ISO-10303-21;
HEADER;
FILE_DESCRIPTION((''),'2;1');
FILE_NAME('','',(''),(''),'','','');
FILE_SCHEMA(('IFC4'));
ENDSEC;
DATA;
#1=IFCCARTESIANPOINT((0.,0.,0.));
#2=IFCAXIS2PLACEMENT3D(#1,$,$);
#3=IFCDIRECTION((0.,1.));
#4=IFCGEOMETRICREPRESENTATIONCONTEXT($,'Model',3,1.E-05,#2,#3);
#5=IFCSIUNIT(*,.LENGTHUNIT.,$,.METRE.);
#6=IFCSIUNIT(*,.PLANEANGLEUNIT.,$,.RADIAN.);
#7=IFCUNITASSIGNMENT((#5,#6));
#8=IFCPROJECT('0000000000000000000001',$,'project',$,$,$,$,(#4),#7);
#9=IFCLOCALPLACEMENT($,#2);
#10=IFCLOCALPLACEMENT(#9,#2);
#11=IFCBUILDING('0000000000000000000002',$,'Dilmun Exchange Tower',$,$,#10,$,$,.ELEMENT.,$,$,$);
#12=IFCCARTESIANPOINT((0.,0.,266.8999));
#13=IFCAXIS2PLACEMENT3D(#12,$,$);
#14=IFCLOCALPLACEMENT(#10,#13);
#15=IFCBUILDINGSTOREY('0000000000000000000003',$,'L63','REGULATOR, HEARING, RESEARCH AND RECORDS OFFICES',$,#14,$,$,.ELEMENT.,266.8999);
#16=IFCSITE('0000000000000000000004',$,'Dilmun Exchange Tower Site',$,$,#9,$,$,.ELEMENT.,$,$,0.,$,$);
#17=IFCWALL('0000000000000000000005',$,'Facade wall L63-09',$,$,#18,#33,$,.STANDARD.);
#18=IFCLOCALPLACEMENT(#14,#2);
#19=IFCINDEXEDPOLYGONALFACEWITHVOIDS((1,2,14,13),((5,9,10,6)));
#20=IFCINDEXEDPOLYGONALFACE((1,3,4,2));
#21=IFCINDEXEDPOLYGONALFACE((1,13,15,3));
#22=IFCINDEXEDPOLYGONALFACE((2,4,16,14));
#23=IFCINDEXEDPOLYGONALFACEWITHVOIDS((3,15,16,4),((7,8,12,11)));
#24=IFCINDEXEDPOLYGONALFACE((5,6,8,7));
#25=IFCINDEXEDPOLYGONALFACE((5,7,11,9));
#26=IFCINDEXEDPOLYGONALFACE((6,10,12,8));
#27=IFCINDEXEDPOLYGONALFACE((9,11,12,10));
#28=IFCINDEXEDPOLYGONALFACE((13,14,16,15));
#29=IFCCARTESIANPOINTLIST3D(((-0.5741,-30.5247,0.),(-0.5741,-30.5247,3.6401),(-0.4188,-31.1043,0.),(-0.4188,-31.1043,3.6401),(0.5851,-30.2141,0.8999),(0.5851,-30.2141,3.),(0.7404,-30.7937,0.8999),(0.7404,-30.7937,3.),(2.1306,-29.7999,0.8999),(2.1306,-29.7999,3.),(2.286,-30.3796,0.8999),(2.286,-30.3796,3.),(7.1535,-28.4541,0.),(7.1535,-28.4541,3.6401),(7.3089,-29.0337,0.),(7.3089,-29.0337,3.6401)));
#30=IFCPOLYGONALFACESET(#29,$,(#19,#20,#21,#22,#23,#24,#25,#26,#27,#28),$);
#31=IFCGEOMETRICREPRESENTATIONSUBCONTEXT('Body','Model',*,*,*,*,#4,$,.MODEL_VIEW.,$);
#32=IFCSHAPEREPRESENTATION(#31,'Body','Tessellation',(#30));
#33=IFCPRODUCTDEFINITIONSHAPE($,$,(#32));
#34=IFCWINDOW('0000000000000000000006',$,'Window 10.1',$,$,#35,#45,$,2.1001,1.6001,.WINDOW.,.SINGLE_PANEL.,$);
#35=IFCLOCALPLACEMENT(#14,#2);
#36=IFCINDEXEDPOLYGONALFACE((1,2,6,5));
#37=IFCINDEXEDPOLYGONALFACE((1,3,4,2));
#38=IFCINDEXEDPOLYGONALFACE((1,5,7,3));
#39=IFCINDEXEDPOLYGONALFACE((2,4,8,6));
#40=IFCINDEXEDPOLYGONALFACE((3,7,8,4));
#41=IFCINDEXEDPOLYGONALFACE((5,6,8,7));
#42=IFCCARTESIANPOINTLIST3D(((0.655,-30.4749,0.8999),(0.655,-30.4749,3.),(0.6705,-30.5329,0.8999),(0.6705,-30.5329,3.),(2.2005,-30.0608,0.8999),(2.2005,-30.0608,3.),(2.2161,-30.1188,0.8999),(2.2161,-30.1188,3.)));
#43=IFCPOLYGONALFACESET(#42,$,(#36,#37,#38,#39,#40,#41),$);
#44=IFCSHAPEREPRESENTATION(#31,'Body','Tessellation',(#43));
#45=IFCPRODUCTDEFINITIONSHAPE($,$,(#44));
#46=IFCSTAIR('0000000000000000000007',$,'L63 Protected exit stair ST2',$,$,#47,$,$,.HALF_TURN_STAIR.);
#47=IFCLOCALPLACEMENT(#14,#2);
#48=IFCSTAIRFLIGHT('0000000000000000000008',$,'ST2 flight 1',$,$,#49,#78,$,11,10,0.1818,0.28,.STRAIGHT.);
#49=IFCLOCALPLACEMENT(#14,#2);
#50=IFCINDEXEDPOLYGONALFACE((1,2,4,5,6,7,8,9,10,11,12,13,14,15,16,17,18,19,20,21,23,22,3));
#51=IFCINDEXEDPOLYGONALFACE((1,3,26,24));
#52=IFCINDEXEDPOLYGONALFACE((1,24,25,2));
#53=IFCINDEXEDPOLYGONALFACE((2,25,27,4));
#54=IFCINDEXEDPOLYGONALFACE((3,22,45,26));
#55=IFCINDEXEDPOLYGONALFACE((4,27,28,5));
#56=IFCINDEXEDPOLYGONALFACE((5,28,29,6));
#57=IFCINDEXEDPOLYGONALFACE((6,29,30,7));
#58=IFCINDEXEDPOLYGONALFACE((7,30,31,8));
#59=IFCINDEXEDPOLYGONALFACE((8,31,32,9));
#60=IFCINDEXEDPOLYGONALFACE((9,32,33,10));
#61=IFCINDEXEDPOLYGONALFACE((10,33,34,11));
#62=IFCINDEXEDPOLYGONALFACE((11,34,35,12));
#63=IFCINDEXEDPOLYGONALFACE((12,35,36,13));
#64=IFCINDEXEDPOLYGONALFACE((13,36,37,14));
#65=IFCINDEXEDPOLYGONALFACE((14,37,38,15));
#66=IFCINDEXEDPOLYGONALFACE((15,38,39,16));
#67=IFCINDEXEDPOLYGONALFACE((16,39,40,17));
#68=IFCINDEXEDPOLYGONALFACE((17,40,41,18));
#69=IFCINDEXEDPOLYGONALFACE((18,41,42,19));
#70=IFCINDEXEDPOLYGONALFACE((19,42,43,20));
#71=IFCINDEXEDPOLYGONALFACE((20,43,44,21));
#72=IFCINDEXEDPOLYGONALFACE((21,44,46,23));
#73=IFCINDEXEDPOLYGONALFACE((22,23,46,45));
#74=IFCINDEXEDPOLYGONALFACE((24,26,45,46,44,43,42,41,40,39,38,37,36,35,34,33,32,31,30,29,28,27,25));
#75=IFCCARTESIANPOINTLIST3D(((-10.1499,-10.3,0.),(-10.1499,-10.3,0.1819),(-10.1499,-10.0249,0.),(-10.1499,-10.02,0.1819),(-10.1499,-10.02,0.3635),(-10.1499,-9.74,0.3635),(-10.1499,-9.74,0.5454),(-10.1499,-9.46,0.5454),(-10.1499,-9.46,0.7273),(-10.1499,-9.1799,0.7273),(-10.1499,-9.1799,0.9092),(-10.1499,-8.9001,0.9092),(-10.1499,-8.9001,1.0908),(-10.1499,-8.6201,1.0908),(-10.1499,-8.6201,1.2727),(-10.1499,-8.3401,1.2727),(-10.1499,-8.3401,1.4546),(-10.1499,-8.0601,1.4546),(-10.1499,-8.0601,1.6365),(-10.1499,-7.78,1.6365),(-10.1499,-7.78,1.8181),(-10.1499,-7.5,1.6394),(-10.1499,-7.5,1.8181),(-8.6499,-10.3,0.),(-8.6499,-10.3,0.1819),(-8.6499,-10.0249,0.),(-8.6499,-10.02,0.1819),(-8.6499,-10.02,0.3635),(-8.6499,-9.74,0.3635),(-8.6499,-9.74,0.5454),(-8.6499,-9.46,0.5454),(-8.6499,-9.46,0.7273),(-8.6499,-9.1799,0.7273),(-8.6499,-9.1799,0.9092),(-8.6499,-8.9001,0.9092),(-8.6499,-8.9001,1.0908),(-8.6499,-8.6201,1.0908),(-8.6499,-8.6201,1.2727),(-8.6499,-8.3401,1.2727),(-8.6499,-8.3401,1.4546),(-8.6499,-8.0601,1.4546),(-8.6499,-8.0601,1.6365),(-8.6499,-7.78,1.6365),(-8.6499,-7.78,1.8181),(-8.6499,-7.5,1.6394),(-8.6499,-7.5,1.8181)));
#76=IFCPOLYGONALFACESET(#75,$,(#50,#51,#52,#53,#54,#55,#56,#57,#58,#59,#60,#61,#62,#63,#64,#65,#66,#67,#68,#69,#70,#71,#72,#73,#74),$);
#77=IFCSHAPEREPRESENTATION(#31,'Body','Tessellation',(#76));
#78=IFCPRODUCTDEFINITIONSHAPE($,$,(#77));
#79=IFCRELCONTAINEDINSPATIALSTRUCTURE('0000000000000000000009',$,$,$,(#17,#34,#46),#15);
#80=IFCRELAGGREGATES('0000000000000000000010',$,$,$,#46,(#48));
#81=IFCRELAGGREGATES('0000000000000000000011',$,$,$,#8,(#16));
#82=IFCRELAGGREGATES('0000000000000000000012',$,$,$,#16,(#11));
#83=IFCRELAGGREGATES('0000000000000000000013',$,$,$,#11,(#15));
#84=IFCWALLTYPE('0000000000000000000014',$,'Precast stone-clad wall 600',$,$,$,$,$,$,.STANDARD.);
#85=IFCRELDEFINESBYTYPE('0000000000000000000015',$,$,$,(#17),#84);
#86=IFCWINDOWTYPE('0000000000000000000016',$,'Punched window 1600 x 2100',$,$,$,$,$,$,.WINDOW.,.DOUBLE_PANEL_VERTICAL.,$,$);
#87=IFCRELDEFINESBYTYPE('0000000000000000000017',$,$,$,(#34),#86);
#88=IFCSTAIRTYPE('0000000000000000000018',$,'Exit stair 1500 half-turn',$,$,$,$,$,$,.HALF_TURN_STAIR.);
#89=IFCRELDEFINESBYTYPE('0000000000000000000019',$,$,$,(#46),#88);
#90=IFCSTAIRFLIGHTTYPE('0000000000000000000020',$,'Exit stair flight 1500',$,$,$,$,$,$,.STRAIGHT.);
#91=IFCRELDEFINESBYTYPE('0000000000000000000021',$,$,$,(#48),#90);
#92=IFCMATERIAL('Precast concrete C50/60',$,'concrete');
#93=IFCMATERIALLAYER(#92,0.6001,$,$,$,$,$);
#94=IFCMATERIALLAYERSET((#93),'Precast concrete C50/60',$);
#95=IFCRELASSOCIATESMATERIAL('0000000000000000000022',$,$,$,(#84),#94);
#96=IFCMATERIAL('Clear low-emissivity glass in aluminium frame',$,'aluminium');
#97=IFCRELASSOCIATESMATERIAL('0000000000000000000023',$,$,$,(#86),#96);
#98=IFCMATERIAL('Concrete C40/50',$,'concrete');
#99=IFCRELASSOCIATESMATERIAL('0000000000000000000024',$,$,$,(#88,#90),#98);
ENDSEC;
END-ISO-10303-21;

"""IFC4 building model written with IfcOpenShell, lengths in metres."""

from ifc_helpers import new_model, si_unit, direction, frame, frame_2d, origin, place, context, subcontext, project, spatial, polyline, rectangle, outline, extrude, material, layer, layer_set, type_object, element, fill, aggregate, save


model = new_model("IFC4")

# Units and contexts
model_context = context("Model", 3, precision=1e-05, world=origin(), true_north=direction((0.0, 1.0)))
body_context = subcontext(model_context, "Body", "Model", "MODEL_VIEW")
ifc_project = project(units=[si_unit("LENGTHUNIT", "METRE"), si_unit("PLANEANGLEUNIT", "RADIAN")], contexts=[model_context])

# Site, building, storey
site_placement = place(None, origin())
site = spatial("IfcSite", under=ifc_project, at=site_placement, Name="Dilmun Exchange Tower Site", CompositionType="ELEMENT", RefElevation=0.0)
building_placement = place(site_placement, origin())
building = spatial("IfcBuilding", under=site, at=building_placement, Name="Dilmun Exchange Tower", CompositionType="ELEMENT")
storey_placement = place(building_placement, frame((0.0, 0.0, 266.8999)))
storey = spatial("IfcBuildingStorey", under=building, at=storey_placement, Name="L63", Description="REGULATOR, HEARING, RESEARCH AND RECORDS OFFICES", CompositionType="ELEMENT", Elevation=266.8999)

# Shared definitions
ifc_material_1 = material(Name="Concrete C40/50", Category="concrete")

# Wall, opening, window
ifc_material_2 = material(Name="Precast concrete C50/60", Category="concrete")
ifc_layer_1 = layer(ifc_material_2, 0.6001)
ifc_layer_set_1 = layer_set([ifc_layer_1], Name="Precast concrete C50/60")
wall_type_1 = type_object("IfcWallType", Name="Precast stone-clad wall 600", PredefinedType="STANDARD", material=ifc_layer_set_1)
wall_1_placement = place(storey_placement, frame((-0.4963, -30.8145, 0.0), z_axis=(0.0, 0.0, 1.0), x_axis=(0.965927, 0.258815, 0.0)))
wall_1 = element("IfcWall", 1, at=wall_1_placement, inside=storey, type_object=wall_type_1, Name="Facade wall L63-09", PredefinedType="STANDARD", context=body_context, shape_type="SweptSolid", body=[
    extrude(rectangle(XDim=8.0002, YDim=0.6001, at=frame_2d((4.0, 0.0))), origin(), (0.0, 0.0, 1.0), 3.6401),
])
opening_1_placement = place(wall_1_placement, frame((1.2, 0.0, 0.8999)))
opening_1 = element("IfcOpeningElement", 2, at=opening_1_placement, cuts=wall_1, PredefinedType="OPENING", context=body_context, shape_type="SweptSolid", body=[
    extrude(rectangle(XDim=1.6001, YDim=2.1001, at=frame_2d((0.8, 1.05))), frame((0.0, 0.3101, 0.0), z_axis=(0.0, -1.0, 0.0), x_axis=(1.0, 0.0, 0.0)), (0.0, 0.0, 1.0), 0.6201),
])
ifc_material_3 = material(Name="Clear low-emissivity glass in aluminium frame", Category="aluminium")
window_type = type_object("IfcWindowType", Name="Punched window 1600 x 2100", PartitioningType="DOUBLE_PANEL_VERTICAL", PredefinedType="WINDOW", material=ifc_material_3)
window_placement = place(opening_1_placement, origin())
window = element("IfcWindow", 3, at=window_placement, inside=storey, type_object=window_type, Name="Window 10.1", OverallHeight=2.1001, OverallWidth=1.6001, PartitioningType="SINGLE_PANEL", PredefinedType="WINDOW", context=body_context, shape_type="SweptSolid", body=[
    extrude(rectangle(XDim=1.6001, YDim=2.1001, at=frame_2d((0.8, 1.05))), frame((0.0, 0.03, 0.0), z_axis=(0.0, -1.0, 0.0), x_axis=(1.0, 0.0, 0.0)), (0.0, 0.0, 1.0), 0.0601),
])
fill(opening_1, window)

# Stair, stair flight
stair_type = type_object("IfcStairType", Name="Exit stair 1500 half-turn", PredefinedType="HALF_TURN_STAIR", material=ifc_material_1)
stair_placement = place(storey_placement, origin())
stair = element("IfcStair", 4, at=stair_placement, inside=storey, type_object=stair_type, Name="L63 Protected exit stair ST2", PredefinedType="HALF_TURN_STAIR")
stair_flight_type = type_object("IfcStairFlightType", Name="Exit stair flight 1500", PredefinedType="STRAIGHT", material=ifc_material_1)
stair_flight_placement = place(storey_placement, frame((-9.3999, -10.3, 0.0), z_axis=(0.0, 0.0, 1.0), x_axis=(0.0, 1.0, 0.0)))
stair_flight = element("IfcStairFlight", 5, at=stair_flight_placement, type_object=stair_flight_type, Name="ST2 flight 1", NumberOfRisers=11, NumberOfTreads=10, PredefinedType="STRAIGHT", RiserHeight=0.1818, TreadLength=0.28, context=body_context, shape_type="SweptSolid", body=[
    extrude(outline(polyline([(0.0, 0.0), (0.0, 0.1819), (0.28, 0.1819), (0.28, 0.3635), (0.5601, 0.3635), (0.5601, 0.5454), (0.8401, 0.5454), (0.8401, 0.7273), (1.1201, 0.7273), (1.1201, 0.9092), (1.3999, 0.9092), (1.3999, 1.0908), (1.6799, 1.0908), (1.6799, 1.2727), (1.96, 1.2727), (1.96, 1.4546), (2.24, 1.4546), (2.24, 1.6365), (2.52, 1.6365), (2.52, 1.8181), (2.8, 1.8181), (2.8, 2.0), (2.8, 1.6394), (0.2751, 0.0), (0.0, 0.0)])), frame((0.0, 0.75, 0.0), z_axis=(0.0, -1.0, 0.0), x_axis=(1.0, 0.0, 0.0)), (0.0, 0.0, 1.0), 1.5),
])
aggregate(stair, [stair_flight])

save(model, "model.ifc")
